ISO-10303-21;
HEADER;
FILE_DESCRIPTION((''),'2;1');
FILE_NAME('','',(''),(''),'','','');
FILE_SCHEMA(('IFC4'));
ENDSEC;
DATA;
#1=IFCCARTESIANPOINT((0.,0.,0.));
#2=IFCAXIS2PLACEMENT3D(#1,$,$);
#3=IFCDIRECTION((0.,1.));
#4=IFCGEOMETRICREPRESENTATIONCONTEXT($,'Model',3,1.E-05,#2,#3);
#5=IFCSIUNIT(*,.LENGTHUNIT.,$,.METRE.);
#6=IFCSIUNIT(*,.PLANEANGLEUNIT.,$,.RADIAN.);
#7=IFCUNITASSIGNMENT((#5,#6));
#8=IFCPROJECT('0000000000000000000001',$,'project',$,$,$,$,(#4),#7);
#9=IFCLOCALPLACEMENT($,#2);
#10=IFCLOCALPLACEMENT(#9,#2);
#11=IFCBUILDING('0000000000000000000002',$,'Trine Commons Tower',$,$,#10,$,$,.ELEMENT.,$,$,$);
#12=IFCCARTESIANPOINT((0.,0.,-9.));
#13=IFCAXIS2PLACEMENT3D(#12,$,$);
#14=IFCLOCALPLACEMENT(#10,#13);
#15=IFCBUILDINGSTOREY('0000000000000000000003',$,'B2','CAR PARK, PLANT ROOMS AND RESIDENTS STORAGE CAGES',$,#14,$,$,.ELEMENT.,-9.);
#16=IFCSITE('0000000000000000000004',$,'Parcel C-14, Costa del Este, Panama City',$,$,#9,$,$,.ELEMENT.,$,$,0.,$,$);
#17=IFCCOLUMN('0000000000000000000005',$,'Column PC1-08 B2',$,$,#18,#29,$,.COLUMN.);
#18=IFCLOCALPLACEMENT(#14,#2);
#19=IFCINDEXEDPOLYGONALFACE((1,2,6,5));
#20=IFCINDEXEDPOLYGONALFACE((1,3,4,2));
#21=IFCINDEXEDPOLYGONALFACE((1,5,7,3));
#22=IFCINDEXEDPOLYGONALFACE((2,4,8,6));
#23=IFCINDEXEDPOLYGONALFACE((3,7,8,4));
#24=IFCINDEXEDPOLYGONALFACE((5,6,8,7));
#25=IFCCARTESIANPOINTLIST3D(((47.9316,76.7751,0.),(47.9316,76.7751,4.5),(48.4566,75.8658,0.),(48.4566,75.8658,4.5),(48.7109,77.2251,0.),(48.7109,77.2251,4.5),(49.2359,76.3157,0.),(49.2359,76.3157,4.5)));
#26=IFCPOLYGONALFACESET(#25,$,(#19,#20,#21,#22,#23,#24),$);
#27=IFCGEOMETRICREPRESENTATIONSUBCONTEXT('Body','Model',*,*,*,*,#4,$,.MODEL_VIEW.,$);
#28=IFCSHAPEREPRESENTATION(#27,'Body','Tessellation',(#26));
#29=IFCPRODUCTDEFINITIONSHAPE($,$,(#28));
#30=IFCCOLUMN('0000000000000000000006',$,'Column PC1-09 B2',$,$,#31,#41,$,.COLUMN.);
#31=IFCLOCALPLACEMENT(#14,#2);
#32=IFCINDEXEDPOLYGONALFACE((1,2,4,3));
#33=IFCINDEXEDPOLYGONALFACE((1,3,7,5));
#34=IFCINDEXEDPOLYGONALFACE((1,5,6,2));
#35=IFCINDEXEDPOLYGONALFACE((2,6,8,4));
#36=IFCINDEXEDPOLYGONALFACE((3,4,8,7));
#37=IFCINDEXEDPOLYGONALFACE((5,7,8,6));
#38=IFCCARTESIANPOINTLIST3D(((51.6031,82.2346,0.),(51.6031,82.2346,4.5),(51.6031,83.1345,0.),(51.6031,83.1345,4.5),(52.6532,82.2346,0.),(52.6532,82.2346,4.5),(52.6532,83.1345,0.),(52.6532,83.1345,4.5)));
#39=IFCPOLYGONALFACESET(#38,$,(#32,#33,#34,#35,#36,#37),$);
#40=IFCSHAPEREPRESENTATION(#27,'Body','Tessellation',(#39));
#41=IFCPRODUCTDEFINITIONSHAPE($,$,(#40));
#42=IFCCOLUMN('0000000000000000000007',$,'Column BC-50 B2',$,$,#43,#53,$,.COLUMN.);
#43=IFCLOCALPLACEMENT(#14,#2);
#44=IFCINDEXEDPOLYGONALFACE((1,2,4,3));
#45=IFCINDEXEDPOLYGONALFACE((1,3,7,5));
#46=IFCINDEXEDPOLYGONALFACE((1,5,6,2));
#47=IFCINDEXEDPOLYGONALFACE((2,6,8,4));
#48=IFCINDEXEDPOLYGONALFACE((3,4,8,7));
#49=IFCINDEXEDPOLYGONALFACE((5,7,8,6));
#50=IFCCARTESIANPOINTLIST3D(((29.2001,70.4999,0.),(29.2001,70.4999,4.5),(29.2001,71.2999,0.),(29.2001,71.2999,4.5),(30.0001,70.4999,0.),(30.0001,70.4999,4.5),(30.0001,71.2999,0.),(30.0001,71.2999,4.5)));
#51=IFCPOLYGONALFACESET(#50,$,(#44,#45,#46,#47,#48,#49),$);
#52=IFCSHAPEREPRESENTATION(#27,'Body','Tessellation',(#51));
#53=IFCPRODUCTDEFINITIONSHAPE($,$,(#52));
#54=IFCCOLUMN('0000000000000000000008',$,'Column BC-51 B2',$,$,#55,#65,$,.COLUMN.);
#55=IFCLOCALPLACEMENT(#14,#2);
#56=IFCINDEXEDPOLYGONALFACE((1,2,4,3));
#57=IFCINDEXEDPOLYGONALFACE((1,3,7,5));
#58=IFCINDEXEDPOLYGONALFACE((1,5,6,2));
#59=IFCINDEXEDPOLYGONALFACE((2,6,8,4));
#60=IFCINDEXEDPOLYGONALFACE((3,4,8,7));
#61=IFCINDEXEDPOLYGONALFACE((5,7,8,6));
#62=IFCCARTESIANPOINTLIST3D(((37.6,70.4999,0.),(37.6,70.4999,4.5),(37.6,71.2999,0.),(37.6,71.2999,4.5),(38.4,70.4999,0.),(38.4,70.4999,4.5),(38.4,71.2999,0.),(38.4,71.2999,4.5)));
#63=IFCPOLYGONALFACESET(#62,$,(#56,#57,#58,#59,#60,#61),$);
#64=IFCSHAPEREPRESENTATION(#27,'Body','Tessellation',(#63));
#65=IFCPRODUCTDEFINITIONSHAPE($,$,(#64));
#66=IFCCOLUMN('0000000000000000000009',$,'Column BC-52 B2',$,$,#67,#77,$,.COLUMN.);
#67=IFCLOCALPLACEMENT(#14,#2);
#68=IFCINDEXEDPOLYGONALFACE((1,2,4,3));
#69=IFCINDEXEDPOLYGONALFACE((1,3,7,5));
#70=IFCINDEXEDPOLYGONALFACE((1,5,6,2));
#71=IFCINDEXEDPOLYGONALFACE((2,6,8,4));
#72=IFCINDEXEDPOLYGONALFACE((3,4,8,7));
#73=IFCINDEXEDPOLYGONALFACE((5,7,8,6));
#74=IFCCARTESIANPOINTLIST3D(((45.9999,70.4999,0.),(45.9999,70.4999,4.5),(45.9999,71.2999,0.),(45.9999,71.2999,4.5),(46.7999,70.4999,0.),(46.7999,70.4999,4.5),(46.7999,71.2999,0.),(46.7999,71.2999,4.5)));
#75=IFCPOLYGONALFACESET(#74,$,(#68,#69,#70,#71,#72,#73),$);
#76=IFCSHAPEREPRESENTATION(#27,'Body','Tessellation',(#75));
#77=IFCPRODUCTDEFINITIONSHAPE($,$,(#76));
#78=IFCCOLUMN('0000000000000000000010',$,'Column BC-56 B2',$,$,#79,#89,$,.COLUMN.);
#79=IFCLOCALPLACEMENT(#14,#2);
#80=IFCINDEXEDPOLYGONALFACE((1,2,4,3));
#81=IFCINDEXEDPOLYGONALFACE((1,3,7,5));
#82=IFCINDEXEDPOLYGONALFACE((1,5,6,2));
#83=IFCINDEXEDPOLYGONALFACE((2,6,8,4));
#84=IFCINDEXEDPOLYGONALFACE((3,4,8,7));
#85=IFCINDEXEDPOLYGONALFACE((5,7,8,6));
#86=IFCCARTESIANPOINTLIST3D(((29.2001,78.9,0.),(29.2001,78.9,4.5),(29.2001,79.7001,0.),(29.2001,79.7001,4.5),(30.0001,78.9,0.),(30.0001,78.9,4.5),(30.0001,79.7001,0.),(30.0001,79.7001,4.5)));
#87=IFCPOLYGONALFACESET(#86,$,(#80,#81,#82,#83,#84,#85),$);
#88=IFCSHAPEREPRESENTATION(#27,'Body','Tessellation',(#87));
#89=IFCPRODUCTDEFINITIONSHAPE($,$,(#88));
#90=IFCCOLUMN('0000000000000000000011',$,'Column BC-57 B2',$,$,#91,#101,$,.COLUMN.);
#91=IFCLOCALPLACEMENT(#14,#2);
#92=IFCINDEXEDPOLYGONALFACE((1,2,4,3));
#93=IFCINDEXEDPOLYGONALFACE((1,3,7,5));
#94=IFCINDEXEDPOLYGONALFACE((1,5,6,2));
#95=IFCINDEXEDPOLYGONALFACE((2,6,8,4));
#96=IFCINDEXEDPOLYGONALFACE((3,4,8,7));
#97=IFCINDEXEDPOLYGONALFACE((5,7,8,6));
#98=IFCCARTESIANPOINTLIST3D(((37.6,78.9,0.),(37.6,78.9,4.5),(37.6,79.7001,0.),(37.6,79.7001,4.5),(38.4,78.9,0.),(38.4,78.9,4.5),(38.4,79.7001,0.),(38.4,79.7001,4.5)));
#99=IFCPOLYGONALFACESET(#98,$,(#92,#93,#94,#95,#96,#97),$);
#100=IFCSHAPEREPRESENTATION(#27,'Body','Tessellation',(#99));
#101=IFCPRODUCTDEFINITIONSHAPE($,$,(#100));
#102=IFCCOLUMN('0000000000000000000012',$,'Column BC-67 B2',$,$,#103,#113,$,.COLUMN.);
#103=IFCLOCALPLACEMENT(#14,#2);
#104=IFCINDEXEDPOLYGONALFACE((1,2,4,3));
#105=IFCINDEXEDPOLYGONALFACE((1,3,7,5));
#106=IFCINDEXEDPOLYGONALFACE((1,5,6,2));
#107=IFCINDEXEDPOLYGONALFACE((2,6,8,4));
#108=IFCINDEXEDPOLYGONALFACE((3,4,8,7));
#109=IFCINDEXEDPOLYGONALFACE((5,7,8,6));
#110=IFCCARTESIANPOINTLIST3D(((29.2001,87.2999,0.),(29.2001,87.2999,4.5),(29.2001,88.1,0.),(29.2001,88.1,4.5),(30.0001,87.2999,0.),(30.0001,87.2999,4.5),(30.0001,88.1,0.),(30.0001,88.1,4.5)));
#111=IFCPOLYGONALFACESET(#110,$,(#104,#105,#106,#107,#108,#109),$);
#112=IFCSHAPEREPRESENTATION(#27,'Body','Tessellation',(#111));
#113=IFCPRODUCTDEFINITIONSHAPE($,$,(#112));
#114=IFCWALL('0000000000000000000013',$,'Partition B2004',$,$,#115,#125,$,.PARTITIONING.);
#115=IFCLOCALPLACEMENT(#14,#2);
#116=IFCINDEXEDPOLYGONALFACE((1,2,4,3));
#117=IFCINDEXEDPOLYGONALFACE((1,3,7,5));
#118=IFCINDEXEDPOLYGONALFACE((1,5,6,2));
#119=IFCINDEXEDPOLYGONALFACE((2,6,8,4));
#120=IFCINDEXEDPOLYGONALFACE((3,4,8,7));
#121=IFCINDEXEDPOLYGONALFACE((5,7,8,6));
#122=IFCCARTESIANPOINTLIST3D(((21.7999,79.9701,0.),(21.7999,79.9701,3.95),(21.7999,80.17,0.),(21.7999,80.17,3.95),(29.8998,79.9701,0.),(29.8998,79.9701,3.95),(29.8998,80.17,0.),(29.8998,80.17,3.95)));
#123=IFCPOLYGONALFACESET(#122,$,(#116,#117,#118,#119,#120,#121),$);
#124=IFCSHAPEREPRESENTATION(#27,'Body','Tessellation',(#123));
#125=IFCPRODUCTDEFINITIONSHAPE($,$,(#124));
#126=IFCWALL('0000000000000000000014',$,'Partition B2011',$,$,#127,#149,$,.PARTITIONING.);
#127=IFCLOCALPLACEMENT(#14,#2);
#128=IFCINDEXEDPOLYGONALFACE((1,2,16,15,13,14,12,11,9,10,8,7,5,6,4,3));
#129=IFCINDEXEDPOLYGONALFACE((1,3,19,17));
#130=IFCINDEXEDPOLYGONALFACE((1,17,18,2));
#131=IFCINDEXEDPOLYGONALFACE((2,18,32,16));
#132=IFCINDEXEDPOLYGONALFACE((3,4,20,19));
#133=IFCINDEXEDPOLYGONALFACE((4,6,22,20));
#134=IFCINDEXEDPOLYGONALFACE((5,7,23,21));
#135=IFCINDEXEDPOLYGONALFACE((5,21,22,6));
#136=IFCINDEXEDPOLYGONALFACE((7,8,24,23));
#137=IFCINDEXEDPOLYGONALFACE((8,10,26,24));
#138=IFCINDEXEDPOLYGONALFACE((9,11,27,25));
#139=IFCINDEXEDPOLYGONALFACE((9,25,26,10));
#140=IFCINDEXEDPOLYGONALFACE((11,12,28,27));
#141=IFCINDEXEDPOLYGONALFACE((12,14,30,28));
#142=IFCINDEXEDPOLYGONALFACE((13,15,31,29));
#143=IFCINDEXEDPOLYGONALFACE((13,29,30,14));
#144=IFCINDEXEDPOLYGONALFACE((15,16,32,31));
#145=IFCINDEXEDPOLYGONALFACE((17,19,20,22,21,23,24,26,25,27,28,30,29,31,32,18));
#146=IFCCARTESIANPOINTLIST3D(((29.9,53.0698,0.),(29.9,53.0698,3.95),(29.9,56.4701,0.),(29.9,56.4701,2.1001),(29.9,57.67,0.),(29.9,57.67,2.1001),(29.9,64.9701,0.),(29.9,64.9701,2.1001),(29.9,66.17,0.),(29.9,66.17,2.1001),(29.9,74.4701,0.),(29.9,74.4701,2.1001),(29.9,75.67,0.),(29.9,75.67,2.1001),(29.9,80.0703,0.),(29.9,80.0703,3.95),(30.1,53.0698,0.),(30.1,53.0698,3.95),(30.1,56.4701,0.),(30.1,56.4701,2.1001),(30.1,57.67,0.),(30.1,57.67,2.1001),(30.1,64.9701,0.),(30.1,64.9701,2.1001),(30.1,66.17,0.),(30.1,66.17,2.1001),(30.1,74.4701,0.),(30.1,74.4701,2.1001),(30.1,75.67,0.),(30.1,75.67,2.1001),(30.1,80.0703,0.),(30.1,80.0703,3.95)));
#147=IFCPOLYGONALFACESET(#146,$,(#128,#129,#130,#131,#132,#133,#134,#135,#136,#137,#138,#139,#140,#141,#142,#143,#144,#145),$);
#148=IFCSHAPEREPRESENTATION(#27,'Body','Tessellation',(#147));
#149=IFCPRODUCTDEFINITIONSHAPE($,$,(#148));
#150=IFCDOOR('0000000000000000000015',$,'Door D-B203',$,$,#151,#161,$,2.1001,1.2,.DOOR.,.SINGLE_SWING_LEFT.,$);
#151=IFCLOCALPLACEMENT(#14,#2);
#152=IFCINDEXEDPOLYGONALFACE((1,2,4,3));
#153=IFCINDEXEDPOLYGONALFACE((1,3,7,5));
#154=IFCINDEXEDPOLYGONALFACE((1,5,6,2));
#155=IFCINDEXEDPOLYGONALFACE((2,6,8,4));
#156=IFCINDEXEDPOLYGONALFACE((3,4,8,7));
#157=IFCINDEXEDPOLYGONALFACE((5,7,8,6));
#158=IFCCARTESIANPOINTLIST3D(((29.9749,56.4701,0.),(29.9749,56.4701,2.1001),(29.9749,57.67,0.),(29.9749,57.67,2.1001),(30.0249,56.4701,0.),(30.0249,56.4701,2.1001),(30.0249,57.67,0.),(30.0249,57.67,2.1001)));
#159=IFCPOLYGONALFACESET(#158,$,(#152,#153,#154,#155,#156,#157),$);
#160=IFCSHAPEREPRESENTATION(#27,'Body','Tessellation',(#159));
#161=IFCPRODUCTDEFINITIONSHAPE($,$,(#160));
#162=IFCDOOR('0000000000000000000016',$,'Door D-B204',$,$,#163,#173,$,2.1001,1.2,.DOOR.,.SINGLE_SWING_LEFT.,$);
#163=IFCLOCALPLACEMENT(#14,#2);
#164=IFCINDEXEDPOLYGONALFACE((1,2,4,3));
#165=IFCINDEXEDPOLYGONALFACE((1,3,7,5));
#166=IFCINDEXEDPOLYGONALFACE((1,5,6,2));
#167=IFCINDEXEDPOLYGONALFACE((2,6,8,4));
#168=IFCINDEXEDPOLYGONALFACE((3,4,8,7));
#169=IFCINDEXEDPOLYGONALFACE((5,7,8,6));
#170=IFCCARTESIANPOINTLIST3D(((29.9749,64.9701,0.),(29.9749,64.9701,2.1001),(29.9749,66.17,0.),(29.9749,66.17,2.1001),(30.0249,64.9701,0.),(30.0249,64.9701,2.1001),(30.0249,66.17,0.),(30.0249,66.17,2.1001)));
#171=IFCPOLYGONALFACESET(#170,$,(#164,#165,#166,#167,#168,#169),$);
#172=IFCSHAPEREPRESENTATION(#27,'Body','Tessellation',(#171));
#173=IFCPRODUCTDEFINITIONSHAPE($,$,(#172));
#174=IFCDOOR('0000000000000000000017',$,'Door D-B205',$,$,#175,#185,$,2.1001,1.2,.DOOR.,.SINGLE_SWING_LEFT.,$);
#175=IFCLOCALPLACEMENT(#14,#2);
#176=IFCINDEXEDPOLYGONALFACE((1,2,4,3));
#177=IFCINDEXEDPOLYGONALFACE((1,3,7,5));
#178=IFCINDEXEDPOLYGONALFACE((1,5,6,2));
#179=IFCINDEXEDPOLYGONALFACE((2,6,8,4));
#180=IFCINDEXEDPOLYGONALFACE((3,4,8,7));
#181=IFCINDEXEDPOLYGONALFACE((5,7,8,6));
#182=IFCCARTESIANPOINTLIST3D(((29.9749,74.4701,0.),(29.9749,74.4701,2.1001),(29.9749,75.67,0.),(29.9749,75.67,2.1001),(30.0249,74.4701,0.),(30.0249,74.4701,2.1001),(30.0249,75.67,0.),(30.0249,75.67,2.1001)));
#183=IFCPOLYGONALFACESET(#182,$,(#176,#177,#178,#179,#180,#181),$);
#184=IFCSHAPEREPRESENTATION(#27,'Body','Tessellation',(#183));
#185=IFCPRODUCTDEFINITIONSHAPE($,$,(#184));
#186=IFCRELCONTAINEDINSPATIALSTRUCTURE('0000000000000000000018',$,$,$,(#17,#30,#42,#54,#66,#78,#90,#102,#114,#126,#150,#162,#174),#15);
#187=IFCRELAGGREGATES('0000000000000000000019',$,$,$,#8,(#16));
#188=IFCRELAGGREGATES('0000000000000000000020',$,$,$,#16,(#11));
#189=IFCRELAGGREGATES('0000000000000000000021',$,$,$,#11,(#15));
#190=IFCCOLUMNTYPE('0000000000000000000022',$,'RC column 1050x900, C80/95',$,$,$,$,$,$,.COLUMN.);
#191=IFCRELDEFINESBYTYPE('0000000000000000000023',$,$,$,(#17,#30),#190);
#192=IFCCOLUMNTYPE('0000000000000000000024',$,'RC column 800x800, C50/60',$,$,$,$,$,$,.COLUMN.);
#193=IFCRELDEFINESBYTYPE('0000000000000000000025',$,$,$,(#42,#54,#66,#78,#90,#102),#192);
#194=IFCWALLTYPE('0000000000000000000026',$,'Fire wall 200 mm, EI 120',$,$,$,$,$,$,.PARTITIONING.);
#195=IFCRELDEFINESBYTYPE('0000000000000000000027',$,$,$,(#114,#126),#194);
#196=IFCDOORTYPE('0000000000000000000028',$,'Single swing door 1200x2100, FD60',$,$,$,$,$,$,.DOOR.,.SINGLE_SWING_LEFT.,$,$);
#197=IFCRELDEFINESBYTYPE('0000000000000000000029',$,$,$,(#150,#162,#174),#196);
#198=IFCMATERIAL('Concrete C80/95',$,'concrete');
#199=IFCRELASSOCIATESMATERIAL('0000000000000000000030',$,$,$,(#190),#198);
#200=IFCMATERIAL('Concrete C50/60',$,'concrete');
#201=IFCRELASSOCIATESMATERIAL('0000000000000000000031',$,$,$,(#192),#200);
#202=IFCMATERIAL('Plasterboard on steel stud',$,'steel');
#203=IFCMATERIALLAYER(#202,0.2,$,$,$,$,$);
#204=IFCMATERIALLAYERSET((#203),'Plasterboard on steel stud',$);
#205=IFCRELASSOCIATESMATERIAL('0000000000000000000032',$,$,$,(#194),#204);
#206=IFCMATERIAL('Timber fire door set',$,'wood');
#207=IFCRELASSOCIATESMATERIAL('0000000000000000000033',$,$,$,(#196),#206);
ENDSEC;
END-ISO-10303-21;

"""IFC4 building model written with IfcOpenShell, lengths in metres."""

from ifc_helpers import new_model, si_unit, direction, frame, frame_2d, origin, origin_2d, place, context, subcontext, project, spatial, rectangle, extrude, material, layer, layer_set, material_profile, profile_set, type_object, element, fill, save


model = new_model("IFC4")

# Units and contexts
model_context = context("Model", 3, precision=1e-05, world=origin(), true_north=direction((0.0, 1.0)))
body_context = subcontext(model_context, "Body", "Model", "MODEL_VIEW")
ifc_project = project(units=[si_unit("LENGTHUNIT", "METRE"), si_unit("PLANEANGLEUNIT", "RADIAN")], contexts=[model_context])

# Site, building, storey
site_placement = place(None, origin())
site = spatial("IfcSite", under=ifc_project, at=site_placement, Name="Parcel C-14, Costa del Este, Panama City", CompositionType="ELEMENT", RefElevation=0.0)
building_placement = place(site_placement, origin())
building = spatial("IfcBuilding", under=site, at=building_placement, Name="Trine Commons Tower", CompositionType="ELEMENT")
storey_placement = place(building_placement, frame((0.0, 0.0, -9.0)))
storey = spatial("IfcBuildingStorey", under=building, at=storey_placement, Name="B2", Description="CAR PARK, PLANT ROOMS AND RESIDENTS STORAGE CAGES", CompositionType="ELEMENT", Elevation=-9.0)

# Columns
ifc_material_1 = material(Name="Concrete C80/95", Category="concrete")
ifc_material_profile_1 = material_profile(ifc_material_1, rectangle(XDim=1.05, YDim=0.8999, at=origin_2d()), Name="RC 1050x900")
ifc_profile_set_1 = profile_set([ifc_material_profile_1], Name="Concrete C80/95")
column_type_1 = type_object("IfcColumnType", Name="RC column 1050x900, C80/95", PredefinedType="COLUMN", material=ifc_profile_set_1)
for number, where, z_axis, x_axis, name in (
    (1, (48.5837, 76.5454, 0.0), (0.0, 0.0, 1.0), (-0.5, 0.866025, 0.0), "Column PC1-08 B2"),
    (2, (52.1282, 82.6846, 0.0), (0.0, 0.0, 1.0), (1.0, 0.0, 0.0), "Column PC1-09 B2"),
):
    element("IfcColumn", number, at=place(storey_placement, frame(where, z_axis=z_axis, x_axis=x_axis)), inside=storey, type_object=column_type_1, Name=name, PredefinedType="COLUMN", context=body_context, shape_type="SweptSolid", body=[
        extrude(rectangle(XDim=1.05, YDim=0.8999, at=origin_2d()), origin(), (0.0, 0.0, 1.0), 4.5),
    ])
ifc_material_2 = material(Name="Concrete C50/60", Category="concrete")
ifc_material_profile_2 = material_profile(ifc_material_2, rectangle(XDim=0.8, YDim=0.8, at=origin_2d()), Name="RC 800x800")
ifc_profile_set_2 = profile_set([ifc_material_profile_2], Name="Concrete C50/60")
column_type_2 = type_object("IfcColumnType", Name="RC column 800x800, C50/60", PredefinedType="COLUMN", material=ifc_profile_set_2)
for number, where, z_axis, x_axis, name in (
    (3, (29.6001, 70.8999, 0.0), (0.0, 0.0, 1.0), (1.0, 0.0, 0.0), "Column BC-50 B2"),
    (4, (38.0, 70.8999, 0.0), (0.0, 0.0, 1.0), (1.0, 0.0, 0.0), "Column BC-51 B2"),
    (5, (46.3999, 70.8999, 0.0), (0.0, 0.0, 1.0), (1.0, 0.0, 0.0), "Column BC-52 B2"),
    (6, (29.6001, 79.3, 0.0), (0.0, 0.0, 1.0), (1.0, 0.0, 0.0), "Column BC-56 B2"),
    (7, (38.0, 79.3, 0.0), (0.0, 0.0, 1.0), (1.0, 0.0, 0.0), "Column BC-57 B2"),
    (8, (29.6001, 87.7, 0.0), (0.0, 0.0, 1.0), (1.0, 0.0, 0.0), "Column BC-67 B2"),
):
    element("IfcColumn", number, at=place(storey_placement, frame(where, z_axis=z_axis, x_axis=x_axis)), inside=storey, type_object=column_type_2, Name=name, PredefinedType="COLUMN", context=body_context, shape_type="SweptSolid", body=[
        extrude(rectangle(XDim=0.8, YDim=0.8, at=origin_2d()), origin(), (0.0, 0.0, 1.0), 4.5),
    ])

# Wall
ifc_material_3 = material(Name="Plasterboard on steel stud", Category="steel")
ifc_layer = layer(ifc_material_3, 0.2)
ifc_layer_set = layer_set([ifc_layer], Name="Plasterboard on steel stud")
wall_type = type_object("IfcWallType", Name="Fire wall 200 mm, EI 120", PredefinedType="PARTITIONING", material=ifc_layer_set)
wall_1_placement = place(storey_placement, frame((21.8, 80.0701, 0.0), z_axis=(0.0, 0.0, 1.0), x_axis=(1.0, 0.0, 0.0)))
element("IfcWall", 9, at=wall_1_placement, inside=storey, type_object=wall_type, Name="Partition B2004", PredefinedType="PARTITIONING", context=body_context, shape_type="SweptSolid", body=[
    extrude(rectangle(XDim=8.0999, YDim=0.2, at=frame_2d((4.0498, 0.0))), origin(), (0.0, 0.0, 1.0), 3.95),
])

# Wall, openings, doors
wall_2_placement = place(storey_placement, frame((30.0, 80.0703, 0.0), z_axis=(0.0, 0.0, 1.0), x_axis=(0.0, -1.0, 0.0)))
wall_2 = element("IfcWall", 10, at=wall_2_placement, inside=storey, type_object=wall_type, Name="Partition B2011", PredefinedType="PARTITIONING", context=body_context, shape_type="SweptSolid", body=[
    extrude(rectangle(XDim=27.0005, YDim=0.2, at=frame_2d((13.5002, 0.0))), origin(), (0.0, 0.0, 1.0), 3.95),
])
opening_1_placement = place(wall_2_placement, frame((22.4001, 0.0, 0.0)))
opening_1 = element("IfcOpeningElement", 11, at=opening_1_placement, cuts=wall_2, PredefinedType="OPENING", context=body_context, shape_type="SweptSolid", body=[
    extrude(rectangle(XDim=1.2, YDim=2.1001, at=frame_2d((0.6001, 1.05))), frame((0.0, 0.1099, 0.0), z_axis=(0.0, -1.0, 0.0), x_axis=(1.0, 0.0, 0.0)), (0.0, 0.0, 1.0), 0.22),
])
opening_2_placement = place(wall_2_placement, frame((13.9001, 0.0, 0.0)))
opening_2 = element("IfcOpeningElement", 12, at=opening_2_placement, cuts=wall_2, PredefinedType="OPENING", context=body_context, shape_type="SweptSolid", body=[
    extrude(rectangle(XDim=1.2, YDim=2.1001, at=frame_2d((0.6001, 1.05))), frame((0.0, 0.1099, 0.0), z_axis=(0.0, -1.0, 0.0), x_axis=(1.0, 0.0, 0.0)), (0.0, 0.0, 1.0), 0.22),
])
opening_3_placement = place(wall_2_placement, frame((4.4001, 0.0, 0.0)))
opening_3 = element("IfcOpeningElement", 13, at=opening_3_placement, cuts=wall_2, PredefinedType="OPENING", context=body_context, shape_type="SweptSolid", body=[
    extrude(rectangle(XDim=1.2, YDim=2.1001, at=frame_2d((0.6001, 1.05))), frame((0.0, 0.1099, 0.0), z_axis=(0.0, -1.0, 0.0), x_axis=(1.0, 0.0, 0.0)), (0.0, 0.0, 1.0), 0.22),
])
ifc_material_4 = material(Name="Timber fire door set", Category="wood")
door_type = type_object("IfcDoorType", Name="Single swing door 1200x2100, FD60", OperationType="SINGLE_SWING_LEFT", PredefinedType="DOOR", material=ifc_material_4)
door_1_placement = place(opening_1_placement, origin())
door_1 = element("IfcDoor", 14, at=door_1_placement, inside=storey, type_object=door_type, Name="Door D-B203", OperationType="SINGLE_SWING_LEFT", OverallHeight=2.1001, OverallWidth=1.2, PredefinedType="DOOR", context=body_context, shape_type="SweptSolid", body=[
    extrude(rectangle(XDim=1.2, YDim=2.1001, at=frame_2d((0.6001, 1.05))), frame((0.0, 0.0249, 0.0), z_axis=(0.0, -1.0, 0.0), x_axis=(1.0, 0.0, 0.0)), (0.0, 0.0, 1.0), 0.05),
])
fill(opening_1, door_1)
door_2_placement = place(opening_2_placement, origin())
door_2 = element("IfcDoor", 15, at=door_2_placement, inside=storey, type_object=door_type, Name="Door D-B204", OperationType="SINGLE_SWING_LEFT", OverallHeight=2.1001, OverallWidth=1.2, PredefinedType="DOOR", context=body_context, shape_type="SweptSolid", body=[
    extrude(rectangle(XDim=1.2, YDim=2.1001, at=frame_2d((0.6001, 1.05))), frame((0.0, 0.0249, 0.0), z_axis=(0.0, -1.0, 0.0), x_axis=(1.0, 0.0, 0.0)), (0.0, 0.0, 1.0), 0.05),
])
fill(opening_2, door_2)
door_3_placement = place(opening_3_placement, origin())
door_3 = element("IfcDoor", 16, at=door_3_placement, inside=storey, type_object=door_type, Name="Door D-B205", OperationType="SINGLE_SWING_LEFT", OverallHeight=2.1001, OverallWidth=1.2, PredefinedType="DOOR", context=body_context, shape_type="SweptSolid", body=[
    extrude(rectangle(XDim=1.2, YDim=2.1001, at=frame_2d((0.6001, 1.05))), frame((0.0, 0.0249, 0.0), z_axis=(0.0, -1.0, 0.0), x_axis=(1.0, 0.0, 0.0)), (0.0, 0.0, 1.0), 0.05),
])
fill(opening_3, door_3)

save(model, "model.ifc")
